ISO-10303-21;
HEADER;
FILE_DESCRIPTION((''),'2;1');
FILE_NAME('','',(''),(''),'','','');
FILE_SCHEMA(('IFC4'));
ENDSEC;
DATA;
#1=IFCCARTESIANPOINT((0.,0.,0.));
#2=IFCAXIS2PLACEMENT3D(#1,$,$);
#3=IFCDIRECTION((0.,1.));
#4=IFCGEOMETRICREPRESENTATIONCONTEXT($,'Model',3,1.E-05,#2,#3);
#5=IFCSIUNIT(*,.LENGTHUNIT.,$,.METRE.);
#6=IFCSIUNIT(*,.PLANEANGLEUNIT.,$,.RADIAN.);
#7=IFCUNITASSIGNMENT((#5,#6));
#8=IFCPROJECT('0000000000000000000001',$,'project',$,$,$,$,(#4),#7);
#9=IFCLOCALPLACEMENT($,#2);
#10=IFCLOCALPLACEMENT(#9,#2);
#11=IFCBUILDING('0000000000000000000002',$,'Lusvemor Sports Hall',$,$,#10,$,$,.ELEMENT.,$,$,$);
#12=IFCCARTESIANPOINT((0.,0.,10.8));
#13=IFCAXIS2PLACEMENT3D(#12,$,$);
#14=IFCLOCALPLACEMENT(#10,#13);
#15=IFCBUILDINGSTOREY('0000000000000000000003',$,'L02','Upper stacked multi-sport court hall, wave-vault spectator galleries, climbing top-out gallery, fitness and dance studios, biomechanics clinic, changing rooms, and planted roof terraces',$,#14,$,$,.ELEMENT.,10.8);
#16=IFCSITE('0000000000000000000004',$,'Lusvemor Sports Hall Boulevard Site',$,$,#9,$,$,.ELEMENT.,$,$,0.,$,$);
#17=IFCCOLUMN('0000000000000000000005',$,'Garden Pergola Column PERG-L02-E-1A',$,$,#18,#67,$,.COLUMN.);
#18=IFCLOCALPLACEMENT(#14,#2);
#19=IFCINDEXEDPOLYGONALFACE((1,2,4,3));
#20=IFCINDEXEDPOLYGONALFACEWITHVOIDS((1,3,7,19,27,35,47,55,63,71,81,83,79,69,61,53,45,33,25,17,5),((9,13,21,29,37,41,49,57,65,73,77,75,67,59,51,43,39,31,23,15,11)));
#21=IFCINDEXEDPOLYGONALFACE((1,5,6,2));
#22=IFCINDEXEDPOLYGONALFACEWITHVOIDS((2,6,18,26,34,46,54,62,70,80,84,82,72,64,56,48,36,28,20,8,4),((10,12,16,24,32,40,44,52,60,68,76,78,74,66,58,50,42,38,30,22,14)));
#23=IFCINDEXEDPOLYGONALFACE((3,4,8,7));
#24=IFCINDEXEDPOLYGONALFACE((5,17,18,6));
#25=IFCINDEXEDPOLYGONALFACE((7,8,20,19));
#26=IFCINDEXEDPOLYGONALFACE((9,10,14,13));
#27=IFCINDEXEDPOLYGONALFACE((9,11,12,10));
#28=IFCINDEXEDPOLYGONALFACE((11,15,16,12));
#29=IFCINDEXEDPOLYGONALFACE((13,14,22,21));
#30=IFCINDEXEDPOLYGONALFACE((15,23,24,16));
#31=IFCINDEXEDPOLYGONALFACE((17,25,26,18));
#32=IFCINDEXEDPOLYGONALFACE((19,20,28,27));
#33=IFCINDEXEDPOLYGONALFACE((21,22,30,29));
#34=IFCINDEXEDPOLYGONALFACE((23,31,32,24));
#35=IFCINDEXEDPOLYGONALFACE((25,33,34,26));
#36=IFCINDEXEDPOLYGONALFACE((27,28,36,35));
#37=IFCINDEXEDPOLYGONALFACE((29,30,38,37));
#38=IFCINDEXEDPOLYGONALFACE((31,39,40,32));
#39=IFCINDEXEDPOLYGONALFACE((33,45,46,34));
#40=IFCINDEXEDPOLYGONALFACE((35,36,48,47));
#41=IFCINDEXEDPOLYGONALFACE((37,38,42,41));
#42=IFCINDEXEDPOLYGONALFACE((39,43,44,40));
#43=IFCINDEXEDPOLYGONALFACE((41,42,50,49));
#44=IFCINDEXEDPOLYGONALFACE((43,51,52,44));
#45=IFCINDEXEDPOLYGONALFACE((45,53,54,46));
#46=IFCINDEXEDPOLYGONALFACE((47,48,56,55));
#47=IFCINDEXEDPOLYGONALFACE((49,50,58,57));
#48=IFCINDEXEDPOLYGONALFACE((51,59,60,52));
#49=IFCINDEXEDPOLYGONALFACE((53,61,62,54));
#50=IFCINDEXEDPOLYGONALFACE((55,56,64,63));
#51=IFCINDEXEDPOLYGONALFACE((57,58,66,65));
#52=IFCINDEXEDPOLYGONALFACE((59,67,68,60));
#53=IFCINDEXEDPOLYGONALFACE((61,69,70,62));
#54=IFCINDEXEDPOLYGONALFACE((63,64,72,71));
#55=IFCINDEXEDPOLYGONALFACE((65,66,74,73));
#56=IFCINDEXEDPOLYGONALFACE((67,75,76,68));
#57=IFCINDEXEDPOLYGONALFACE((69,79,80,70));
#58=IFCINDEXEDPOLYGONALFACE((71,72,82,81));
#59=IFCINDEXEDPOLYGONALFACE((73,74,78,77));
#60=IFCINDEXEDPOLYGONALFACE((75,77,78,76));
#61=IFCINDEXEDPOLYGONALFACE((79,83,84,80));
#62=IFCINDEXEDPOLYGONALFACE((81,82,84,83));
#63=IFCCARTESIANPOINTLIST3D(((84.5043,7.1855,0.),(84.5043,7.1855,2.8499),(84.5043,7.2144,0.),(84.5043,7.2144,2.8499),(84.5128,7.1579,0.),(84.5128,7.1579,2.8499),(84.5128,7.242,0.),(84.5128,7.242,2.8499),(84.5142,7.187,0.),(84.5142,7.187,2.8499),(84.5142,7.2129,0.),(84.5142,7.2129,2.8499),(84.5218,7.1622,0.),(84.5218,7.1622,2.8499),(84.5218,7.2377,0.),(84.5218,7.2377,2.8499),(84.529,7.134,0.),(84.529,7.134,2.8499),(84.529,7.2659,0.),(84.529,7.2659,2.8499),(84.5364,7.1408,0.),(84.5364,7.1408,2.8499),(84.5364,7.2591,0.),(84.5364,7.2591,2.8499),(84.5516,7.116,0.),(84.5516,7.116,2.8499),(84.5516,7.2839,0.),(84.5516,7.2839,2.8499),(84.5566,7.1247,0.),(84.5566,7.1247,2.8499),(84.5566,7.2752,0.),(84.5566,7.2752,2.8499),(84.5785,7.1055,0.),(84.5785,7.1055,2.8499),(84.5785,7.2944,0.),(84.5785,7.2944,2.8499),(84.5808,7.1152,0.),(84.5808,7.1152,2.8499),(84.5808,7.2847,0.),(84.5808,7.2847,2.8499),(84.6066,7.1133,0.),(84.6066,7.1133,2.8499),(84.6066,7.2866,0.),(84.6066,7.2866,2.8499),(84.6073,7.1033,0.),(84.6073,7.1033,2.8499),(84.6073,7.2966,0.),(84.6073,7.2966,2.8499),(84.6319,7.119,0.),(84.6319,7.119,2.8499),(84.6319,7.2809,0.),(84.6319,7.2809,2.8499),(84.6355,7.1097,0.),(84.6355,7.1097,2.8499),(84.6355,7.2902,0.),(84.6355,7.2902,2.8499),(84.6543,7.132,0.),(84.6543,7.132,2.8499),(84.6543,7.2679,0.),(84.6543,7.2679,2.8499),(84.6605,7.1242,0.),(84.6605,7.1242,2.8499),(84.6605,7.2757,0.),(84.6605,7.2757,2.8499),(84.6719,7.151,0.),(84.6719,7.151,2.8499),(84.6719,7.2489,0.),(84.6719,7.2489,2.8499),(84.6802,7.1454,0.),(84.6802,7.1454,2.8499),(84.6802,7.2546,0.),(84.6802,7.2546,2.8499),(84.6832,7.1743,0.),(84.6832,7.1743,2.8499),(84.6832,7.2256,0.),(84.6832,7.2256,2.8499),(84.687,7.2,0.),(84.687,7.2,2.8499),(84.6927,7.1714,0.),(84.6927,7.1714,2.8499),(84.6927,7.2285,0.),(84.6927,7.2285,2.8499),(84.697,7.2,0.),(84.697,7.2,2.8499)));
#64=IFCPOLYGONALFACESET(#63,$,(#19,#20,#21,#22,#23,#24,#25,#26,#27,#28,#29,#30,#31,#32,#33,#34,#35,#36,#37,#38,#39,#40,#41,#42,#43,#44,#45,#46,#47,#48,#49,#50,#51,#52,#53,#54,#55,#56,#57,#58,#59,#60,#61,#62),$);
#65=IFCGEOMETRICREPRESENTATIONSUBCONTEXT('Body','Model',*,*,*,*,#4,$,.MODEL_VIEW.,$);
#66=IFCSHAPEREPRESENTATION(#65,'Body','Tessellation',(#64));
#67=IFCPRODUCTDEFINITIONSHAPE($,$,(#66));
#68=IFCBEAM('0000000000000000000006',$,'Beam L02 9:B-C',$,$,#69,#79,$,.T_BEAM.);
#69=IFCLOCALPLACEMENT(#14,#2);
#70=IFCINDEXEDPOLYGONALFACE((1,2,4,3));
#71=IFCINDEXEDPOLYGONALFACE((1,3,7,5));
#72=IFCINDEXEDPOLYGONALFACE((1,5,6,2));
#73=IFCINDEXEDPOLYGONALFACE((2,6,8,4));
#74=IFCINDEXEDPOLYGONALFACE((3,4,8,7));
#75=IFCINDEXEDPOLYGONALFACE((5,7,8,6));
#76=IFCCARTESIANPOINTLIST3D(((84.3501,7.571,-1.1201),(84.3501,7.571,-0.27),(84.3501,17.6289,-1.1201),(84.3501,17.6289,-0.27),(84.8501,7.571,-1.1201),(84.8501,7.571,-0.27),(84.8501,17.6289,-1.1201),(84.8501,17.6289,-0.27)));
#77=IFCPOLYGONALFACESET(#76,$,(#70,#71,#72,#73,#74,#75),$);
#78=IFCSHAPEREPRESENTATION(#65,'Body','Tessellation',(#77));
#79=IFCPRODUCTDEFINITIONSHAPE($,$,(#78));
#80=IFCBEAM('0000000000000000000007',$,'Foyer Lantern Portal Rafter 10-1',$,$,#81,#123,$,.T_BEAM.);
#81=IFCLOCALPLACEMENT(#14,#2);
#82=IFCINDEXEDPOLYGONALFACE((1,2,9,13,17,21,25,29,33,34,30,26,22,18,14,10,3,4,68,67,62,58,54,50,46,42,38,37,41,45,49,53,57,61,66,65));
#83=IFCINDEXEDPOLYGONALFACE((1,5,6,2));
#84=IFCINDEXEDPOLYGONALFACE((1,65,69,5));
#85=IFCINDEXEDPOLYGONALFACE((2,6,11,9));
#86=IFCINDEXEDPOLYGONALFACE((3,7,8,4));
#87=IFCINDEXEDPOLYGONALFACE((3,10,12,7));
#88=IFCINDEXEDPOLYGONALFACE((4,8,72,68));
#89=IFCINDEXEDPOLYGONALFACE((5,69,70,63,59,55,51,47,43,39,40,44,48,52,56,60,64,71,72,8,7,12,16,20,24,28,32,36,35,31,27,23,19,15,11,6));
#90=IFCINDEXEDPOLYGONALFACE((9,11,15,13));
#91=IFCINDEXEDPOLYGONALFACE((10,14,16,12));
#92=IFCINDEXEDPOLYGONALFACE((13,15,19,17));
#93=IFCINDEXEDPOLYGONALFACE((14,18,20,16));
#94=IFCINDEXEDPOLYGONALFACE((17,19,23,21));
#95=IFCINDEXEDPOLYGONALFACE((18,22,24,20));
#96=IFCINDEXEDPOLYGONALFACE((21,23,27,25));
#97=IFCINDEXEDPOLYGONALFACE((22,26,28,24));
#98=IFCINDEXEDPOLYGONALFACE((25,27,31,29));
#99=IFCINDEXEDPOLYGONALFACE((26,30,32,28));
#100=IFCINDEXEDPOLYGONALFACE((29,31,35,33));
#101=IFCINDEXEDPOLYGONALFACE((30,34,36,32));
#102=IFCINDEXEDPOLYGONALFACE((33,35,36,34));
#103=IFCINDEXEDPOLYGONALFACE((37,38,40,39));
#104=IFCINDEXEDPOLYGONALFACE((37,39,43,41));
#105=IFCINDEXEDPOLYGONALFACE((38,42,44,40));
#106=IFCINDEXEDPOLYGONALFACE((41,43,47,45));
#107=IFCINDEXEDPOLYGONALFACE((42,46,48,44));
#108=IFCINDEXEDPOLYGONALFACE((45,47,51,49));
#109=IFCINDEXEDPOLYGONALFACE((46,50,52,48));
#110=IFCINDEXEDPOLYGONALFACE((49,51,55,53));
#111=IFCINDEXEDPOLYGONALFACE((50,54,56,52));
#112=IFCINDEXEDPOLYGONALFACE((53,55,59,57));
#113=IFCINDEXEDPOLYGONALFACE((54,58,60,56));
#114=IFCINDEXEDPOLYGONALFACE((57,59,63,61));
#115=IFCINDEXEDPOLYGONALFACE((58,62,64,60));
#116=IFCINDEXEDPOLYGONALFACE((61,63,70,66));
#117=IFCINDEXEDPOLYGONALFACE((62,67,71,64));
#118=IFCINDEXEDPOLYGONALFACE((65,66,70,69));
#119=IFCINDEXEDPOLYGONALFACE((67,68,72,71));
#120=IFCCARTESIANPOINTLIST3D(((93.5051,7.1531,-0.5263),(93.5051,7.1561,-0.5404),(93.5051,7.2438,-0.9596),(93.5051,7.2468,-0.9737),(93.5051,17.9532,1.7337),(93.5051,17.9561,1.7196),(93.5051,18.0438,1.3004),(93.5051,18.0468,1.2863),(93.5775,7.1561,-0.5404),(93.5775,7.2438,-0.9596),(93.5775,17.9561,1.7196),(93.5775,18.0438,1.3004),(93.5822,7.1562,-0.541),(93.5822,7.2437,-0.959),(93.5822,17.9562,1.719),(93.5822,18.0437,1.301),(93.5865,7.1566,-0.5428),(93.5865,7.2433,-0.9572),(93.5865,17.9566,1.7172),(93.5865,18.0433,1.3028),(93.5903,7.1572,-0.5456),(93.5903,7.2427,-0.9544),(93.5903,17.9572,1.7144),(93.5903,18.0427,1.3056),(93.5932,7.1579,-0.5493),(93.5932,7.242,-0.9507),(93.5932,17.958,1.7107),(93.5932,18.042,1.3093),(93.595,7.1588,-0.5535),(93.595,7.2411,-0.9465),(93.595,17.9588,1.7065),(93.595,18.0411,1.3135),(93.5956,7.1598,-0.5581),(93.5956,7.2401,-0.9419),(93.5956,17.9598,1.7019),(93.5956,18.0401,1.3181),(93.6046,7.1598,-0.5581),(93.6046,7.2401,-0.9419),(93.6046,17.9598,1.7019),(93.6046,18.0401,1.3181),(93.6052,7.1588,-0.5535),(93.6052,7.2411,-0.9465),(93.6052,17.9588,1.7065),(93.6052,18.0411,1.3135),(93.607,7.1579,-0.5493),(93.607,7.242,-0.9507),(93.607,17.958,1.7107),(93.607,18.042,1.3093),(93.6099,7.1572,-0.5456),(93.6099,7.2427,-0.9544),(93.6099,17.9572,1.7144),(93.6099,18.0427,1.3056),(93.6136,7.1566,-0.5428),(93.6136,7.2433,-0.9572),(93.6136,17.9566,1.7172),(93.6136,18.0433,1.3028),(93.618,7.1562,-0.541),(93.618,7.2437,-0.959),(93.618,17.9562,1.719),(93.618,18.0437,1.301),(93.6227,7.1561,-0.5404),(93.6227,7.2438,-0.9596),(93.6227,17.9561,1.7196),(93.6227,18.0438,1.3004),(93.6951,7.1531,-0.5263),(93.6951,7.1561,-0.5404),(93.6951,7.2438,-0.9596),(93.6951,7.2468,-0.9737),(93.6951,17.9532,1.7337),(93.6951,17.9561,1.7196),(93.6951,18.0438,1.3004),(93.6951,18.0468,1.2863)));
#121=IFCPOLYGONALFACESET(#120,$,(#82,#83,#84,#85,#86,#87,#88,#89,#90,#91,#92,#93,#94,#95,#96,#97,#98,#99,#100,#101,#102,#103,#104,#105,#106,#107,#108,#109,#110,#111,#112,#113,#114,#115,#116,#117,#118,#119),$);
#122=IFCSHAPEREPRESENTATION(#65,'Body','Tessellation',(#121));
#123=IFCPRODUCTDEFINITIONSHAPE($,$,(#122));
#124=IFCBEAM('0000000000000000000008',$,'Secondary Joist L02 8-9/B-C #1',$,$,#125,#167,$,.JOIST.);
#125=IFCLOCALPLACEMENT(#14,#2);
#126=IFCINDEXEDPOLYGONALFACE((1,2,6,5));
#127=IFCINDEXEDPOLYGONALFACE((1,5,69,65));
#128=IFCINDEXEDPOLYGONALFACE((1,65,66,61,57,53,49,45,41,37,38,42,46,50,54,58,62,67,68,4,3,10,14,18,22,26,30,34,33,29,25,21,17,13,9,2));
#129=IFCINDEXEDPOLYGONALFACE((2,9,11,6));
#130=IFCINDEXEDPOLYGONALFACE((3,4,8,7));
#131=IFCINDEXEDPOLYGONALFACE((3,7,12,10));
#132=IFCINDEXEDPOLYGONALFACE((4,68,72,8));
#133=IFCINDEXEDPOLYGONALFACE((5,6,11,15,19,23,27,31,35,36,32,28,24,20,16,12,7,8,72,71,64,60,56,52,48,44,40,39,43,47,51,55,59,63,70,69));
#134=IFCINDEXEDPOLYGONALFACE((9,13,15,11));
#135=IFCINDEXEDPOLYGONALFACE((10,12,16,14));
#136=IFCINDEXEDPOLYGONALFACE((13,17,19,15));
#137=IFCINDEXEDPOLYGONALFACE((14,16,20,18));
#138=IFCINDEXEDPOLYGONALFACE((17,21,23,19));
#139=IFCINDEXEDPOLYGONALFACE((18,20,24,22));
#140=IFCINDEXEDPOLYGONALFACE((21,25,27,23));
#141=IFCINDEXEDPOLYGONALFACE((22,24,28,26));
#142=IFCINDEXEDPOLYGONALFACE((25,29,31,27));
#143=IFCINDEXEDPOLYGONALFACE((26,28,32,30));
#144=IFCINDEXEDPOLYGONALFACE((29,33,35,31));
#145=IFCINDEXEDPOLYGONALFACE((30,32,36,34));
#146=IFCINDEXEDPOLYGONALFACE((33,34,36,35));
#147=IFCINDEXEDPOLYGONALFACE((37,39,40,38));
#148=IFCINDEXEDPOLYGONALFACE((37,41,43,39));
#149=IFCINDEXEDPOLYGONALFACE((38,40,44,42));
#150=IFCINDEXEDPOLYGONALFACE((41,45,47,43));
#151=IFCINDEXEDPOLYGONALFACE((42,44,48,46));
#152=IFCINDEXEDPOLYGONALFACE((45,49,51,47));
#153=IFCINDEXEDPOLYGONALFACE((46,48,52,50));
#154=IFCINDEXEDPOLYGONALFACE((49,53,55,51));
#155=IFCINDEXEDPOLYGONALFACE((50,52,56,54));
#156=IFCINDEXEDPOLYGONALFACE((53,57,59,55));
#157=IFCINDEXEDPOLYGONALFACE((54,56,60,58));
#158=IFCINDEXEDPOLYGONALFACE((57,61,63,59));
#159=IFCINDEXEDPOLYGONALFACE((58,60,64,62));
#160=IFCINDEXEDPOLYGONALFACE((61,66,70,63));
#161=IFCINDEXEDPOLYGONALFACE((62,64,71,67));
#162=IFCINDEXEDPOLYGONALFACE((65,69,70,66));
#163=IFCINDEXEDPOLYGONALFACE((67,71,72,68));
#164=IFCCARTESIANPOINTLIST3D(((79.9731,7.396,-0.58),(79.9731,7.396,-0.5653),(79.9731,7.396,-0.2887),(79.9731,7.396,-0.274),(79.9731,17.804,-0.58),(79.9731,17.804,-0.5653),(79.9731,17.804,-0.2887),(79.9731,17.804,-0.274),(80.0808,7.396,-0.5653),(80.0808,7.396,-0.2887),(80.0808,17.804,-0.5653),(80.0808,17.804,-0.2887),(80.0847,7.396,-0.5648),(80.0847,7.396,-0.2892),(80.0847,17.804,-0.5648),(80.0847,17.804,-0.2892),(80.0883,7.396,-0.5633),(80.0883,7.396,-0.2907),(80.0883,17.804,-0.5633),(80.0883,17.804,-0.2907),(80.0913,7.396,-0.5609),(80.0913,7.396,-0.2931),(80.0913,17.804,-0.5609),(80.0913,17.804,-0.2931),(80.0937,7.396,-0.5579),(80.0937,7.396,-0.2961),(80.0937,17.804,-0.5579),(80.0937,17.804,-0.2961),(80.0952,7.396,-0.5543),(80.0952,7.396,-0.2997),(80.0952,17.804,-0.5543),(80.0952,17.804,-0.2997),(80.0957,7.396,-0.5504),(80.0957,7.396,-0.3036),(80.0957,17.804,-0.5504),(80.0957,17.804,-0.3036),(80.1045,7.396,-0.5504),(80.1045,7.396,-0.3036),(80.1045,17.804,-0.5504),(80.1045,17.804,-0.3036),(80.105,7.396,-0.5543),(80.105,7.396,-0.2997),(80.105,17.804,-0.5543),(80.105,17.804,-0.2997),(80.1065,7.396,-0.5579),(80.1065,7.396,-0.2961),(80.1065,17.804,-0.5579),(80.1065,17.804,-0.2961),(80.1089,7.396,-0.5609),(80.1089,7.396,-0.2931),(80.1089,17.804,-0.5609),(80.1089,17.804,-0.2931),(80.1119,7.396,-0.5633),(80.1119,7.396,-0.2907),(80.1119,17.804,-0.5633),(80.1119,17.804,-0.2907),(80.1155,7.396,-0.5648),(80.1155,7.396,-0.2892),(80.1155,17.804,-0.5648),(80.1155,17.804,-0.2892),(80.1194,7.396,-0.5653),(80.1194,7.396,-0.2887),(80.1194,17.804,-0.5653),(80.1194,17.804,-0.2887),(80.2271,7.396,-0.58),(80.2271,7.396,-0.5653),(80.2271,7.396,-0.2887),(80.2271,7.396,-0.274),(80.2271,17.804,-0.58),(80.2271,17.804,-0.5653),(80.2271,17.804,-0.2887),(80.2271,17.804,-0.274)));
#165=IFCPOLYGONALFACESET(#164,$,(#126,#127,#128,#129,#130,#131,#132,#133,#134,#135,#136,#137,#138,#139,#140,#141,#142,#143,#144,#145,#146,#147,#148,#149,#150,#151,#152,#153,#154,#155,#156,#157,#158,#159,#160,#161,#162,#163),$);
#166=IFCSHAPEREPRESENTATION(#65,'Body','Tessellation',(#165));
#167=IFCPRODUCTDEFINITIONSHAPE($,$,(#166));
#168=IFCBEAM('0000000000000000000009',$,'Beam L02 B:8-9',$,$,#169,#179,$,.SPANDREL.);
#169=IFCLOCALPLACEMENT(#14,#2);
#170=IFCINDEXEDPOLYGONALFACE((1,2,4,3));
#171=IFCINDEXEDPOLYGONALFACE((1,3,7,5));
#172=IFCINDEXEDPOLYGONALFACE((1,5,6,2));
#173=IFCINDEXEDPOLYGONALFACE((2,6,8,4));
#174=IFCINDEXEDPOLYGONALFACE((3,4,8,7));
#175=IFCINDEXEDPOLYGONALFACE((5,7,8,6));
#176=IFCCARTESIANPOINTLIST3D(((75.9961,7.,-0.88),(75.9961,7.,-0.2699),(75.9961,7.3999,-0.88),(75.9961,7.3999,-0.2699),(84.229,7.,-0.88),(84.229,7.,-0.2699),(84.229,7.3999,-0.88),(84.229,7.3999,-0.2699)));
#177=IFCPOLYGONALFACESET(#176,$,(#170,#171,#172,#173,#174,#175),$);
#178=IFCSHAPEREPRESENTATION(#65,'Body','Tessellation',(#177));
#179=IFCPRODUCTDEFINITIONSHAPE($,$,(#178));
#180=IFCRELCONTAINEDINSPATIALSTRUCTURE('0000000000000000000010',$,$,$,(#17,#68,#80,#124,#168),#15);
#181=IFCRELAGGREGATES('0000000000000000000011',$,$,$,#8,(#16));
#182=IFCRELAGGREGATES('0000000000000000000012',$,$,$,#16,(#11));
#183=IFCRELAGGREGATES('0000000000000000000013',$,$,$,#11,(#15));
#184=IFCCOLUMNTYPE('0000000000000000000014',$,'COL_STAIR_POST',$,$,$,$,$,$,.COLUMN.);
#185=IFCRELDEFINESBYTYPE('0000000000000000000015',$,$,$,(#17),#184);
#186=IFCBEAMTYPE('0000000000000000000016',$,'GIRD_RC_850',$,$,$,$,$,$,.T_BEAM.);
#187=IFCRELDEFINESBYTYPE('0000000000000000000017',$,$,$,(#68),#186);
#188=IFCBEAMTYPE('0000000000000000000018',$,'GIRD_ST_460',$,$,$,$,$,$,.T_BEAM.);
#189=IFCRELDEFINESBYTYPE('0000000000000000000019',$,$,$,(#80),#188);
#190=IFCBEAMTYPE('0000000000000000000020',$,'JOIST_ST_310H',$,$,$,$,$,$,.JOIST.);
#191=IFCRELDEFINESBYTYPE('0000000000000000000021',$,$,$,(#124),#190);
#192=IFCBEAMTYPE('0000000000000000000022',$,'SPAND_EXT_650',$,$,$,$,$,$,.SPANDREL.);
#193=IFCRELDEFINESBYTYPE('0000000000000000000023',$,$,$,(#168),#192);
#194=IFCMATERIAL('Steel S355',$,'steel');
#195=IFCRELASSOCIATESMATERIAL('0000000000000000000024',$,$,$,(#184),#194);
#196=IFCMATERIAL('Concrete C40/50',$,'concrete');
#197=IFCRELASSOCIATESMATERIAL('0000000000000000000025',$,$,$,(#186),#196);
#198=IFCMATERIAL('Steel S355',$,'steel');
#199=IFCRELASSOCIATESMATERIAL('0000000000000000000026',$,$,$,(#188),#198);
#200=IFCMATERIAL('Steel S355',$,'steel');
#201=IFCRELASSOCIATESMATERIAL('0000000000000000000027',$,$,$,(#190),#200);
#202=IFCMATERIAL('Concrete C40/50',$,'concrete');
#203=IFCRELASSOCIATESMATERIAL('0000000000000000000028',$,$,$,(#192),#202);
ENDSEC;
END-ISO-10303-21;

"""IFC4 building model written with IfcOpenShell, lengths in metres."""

from ifc_helpers import new_model, si_unit, direction, frame, origin, origin_2d, place, context, subcontext, project, spatial, rectangle, hollow_circle, i_section, extrude, material, material_profile, profile_set, type_object, element, save


model = new_model("IFC4")

# Units and contexts
model_context = context("Model", 3, precision=1e-05, world=origin(), true_north=direction((0.0, 1.0)))
body_context = subcontext(model_context, "Body", "Model", "MODEL_VIEW")
ifc_project = project(units=[si_unit("LENGTHUNIT", "METRE"), si_unit("PLANEANGLEUNIT", "RADIAN")], contexts=[model_context])

# Site, building, storey
site_placement = place(None, origin())
site = spatial("IfcSite", under=ifc_project, at=site_placement, Name="Lusvemor Sports Hall Boulevard Site", CompositionType="ELEMENT", RefElevation=0.0)
building_placement = place(site_placement, origin())
building = spatial("IfcBuilding", under=site, at=building_placement, Name="Lusvemor Sports Hall", CompositionType="ELEMENT")
storey_placement = place(building_placement, frame((0.0, 0.0, 10.8)))
storey = spatial("IfcBuildingStorey", under=building, at=storey_placement, Name="L02", Description="Upper stacked multi-sport court hall, wave-vault spectator galleries, climbing top-out gallery, fitness and dance studios, biomechanics clinic, changing rooms, and planted roof terraces", CompositionType="ELEMENT", Elevation=10.8)

# Column
ifc_material_1 = material(Name="Steel S355", Category="steel")
ifc_material_profile_1 = material_profile(ifc_material_1, hollow_circle(Radius=0.0969, WallThickness=0.01, at=origin_2d()), Name="CHS193.7x10.0")
ifc_profile_set_1 = profile_set([ifc_material_profile_1], Name="Steel S355")
column_type = type_object("IfcColumnType", Name="COL_STAIR_POST", PredefinedType="COLUMN", material=ifc_profile_set_1)
column_placement = place(storey_placement, frame((84.6001, 7.2, 0.0), z_axis=(0.0, 0.0, 1.0), x_axis=(1.0, 0.0, 0.0)))
element("IfcColumn", 1, at=column_placement, inside=storey, type_object=column_type, Name="Garden Pergola Column PERG-L02-E-1A", PredefinedType="COLUMN", context=body_context, shape_type="SweptSolid", body=[
    extrude(hollow_circle(Radius=0.0969, WallThickness=0.01, at=origin_2d()), origin(), (0.0, 0.0, 1.0), 2.8499),
])

# Beams
ifc_material_2 = material(Name="Concrete C40/50", Category="concrete")
ifc_material_profile_2 = material_profile(ifc_material_2, rectangle(XDim=0.5, YDim=0.8501, at=origin_2d()), Name="RC500x850")
ifc_profile_set_2 = profile_set([ifc_material_profile_2], Name="Concrete C40/50")
beam_type_1 = type_object("IfcBeamType", Name="GIRD_RC_850", PredefinedType="T_BEAM", material=ifc_profile_set_2)
beam_1_placement = place(storey_placement, frame((84.6001, 7.571, -0.6951), z_axis=(0.0, 1.0, 0.0), x_axis=(-1.0, 0.0, 0.0)))
element("IfcBeam", 2, at=beam_1_placement, inside=storey, type_object=beam_type_1, Name="Beam L02 9:B-C", PredefinedType="T_BEAM", context=body_context, shape_type="SweptSolid", body=[
    extrude(rectangle(XDim=0.5, YDim=0.8501, at=origin_2d()), origin(), (0.0, 0.0, 1.0), 10.0579),
])
ifc_material_3 = material(Name="Steel S355", Category="steel")
ifc_material_profile_3 = material_profile(ifc_material_3, i_section(OverallWidth=0.1899, OverallDepth=0.457, WebThickness=0.009, FlangeThickness=0.0144, FilletRadius=0.0181, at=origin_2d()), Name="W460x74.0")
ifc_profile_set_3 = profile_set([ifc_material_profile_3], Name="Steel S355")
beam_type_2 = type_object("IfcBeamType", Name="GIRD_ST_460", PredefinedType="T_BEAM", material=ifc_profile_set_3)
beam_2_placement = place(storey_placement, frame((93.6001, 7.2, -0.75), z_axis=(0.0, 0.978799, 0.204823), x_axis=(-1.0, 0.0, 0.0)))
element("IfcBeam", 3, at=beam_2_placement, inside=storey, type_object=beam_type_2, Name="Foyer Lantern Portal Rafter 10-1", PredefinedType="T_BEAM", context=body_context, shape_type="SweptSolid", body=[
    extrude(i_section(OverallWidth=0.1899, OverallDepth=0.457, WebThickness=0.009, FlangeThickness=0.0144, FilletRadius=0.0181, at=origin_2d()), origin(), (0.0, 0.0, 1.0), 11.0339),
])
ifc_material_4 = material(Name="Steel S355", Category="steel")
ifc_material_profile_4 = material_profile(ifc_material_4, i_section(OverallWidth=0.2539, OverallDepth=0.3059, WebThickness=0.0088, FlangeThickness=0.0146, FilletRadius=0.0149, at=origin_2d()), Name="W310x79.0")
ifc_profile_set_4 = profile_set([ifc_material_profile_4], Name="Steel S355")
beam_type_3 = type_object("IfcBeamType", Name="JOIST_ST_310H", PredefinedType="JOIST", material=ifc_profile_set_4)
beam_3_placement = place(storey_placement, frame((80.1001, 7.396, -0.427), z_axis=(0.0, 1.0, 0.0), x_axis=(-1.0, 0.0, 0.0)))
element("IfcBeam", 4, at=beam_3_placement, inside=storey, type_object=beam_type_3, Name="Secondary Joist L02 8-9/B-C #1", PredefinedType="JOIST", context=body_context, shape_type="SweptSolid", body=[
    extrude(i_section(OverallWidth=0.2539, OverallDepth=0.3059, WebThickness=0.0088, FlangeThickness=0.0146, FilletRadius=0.0149, at=origin_2d()), origin(), (0.0, 0.0, 1.0), 10.408),
])
ifc_material_5 = material(Name="Concrete C40/50", Category="concrete")
ifc_material_profile_5 = material_profile(ifc_material_5, rectangle(XDim=0.3999, YDim=0.6101, at=origin_2d()), Name="RC400x610")
ifc_profile_set_5 = profile_set([ifc_material_profile_5], Name="Concrete C40/50")
beam_type_4 = type_object("IfcBeamType", Name="SPAND_EXT_650", PredefinedType="SPANDREL", material=ifc_profile_set_5)
beam_4_placement = place(storey_placement, frame((75.9961, 7.2, -0.575), z_axis=(1.0, 0.0, 0.0), x_axis=(0.0, 1.0, 0.0)))
element("IfcBeam", 5, at=beam_4_placement, inside=storey, type_object=beam_type_4, Name="Beam L02 B:8-9", PredefinedType="SPANDREL", context=body_context, shape_type="SweptSolid", body=[
    extrude(rectangle(XDim=0.3999, YDim=0.6101, at=origin_2d()), origin(), (0.0, 0.0, 1.0), 8.2329),
])

save(model, "model.ifc")
